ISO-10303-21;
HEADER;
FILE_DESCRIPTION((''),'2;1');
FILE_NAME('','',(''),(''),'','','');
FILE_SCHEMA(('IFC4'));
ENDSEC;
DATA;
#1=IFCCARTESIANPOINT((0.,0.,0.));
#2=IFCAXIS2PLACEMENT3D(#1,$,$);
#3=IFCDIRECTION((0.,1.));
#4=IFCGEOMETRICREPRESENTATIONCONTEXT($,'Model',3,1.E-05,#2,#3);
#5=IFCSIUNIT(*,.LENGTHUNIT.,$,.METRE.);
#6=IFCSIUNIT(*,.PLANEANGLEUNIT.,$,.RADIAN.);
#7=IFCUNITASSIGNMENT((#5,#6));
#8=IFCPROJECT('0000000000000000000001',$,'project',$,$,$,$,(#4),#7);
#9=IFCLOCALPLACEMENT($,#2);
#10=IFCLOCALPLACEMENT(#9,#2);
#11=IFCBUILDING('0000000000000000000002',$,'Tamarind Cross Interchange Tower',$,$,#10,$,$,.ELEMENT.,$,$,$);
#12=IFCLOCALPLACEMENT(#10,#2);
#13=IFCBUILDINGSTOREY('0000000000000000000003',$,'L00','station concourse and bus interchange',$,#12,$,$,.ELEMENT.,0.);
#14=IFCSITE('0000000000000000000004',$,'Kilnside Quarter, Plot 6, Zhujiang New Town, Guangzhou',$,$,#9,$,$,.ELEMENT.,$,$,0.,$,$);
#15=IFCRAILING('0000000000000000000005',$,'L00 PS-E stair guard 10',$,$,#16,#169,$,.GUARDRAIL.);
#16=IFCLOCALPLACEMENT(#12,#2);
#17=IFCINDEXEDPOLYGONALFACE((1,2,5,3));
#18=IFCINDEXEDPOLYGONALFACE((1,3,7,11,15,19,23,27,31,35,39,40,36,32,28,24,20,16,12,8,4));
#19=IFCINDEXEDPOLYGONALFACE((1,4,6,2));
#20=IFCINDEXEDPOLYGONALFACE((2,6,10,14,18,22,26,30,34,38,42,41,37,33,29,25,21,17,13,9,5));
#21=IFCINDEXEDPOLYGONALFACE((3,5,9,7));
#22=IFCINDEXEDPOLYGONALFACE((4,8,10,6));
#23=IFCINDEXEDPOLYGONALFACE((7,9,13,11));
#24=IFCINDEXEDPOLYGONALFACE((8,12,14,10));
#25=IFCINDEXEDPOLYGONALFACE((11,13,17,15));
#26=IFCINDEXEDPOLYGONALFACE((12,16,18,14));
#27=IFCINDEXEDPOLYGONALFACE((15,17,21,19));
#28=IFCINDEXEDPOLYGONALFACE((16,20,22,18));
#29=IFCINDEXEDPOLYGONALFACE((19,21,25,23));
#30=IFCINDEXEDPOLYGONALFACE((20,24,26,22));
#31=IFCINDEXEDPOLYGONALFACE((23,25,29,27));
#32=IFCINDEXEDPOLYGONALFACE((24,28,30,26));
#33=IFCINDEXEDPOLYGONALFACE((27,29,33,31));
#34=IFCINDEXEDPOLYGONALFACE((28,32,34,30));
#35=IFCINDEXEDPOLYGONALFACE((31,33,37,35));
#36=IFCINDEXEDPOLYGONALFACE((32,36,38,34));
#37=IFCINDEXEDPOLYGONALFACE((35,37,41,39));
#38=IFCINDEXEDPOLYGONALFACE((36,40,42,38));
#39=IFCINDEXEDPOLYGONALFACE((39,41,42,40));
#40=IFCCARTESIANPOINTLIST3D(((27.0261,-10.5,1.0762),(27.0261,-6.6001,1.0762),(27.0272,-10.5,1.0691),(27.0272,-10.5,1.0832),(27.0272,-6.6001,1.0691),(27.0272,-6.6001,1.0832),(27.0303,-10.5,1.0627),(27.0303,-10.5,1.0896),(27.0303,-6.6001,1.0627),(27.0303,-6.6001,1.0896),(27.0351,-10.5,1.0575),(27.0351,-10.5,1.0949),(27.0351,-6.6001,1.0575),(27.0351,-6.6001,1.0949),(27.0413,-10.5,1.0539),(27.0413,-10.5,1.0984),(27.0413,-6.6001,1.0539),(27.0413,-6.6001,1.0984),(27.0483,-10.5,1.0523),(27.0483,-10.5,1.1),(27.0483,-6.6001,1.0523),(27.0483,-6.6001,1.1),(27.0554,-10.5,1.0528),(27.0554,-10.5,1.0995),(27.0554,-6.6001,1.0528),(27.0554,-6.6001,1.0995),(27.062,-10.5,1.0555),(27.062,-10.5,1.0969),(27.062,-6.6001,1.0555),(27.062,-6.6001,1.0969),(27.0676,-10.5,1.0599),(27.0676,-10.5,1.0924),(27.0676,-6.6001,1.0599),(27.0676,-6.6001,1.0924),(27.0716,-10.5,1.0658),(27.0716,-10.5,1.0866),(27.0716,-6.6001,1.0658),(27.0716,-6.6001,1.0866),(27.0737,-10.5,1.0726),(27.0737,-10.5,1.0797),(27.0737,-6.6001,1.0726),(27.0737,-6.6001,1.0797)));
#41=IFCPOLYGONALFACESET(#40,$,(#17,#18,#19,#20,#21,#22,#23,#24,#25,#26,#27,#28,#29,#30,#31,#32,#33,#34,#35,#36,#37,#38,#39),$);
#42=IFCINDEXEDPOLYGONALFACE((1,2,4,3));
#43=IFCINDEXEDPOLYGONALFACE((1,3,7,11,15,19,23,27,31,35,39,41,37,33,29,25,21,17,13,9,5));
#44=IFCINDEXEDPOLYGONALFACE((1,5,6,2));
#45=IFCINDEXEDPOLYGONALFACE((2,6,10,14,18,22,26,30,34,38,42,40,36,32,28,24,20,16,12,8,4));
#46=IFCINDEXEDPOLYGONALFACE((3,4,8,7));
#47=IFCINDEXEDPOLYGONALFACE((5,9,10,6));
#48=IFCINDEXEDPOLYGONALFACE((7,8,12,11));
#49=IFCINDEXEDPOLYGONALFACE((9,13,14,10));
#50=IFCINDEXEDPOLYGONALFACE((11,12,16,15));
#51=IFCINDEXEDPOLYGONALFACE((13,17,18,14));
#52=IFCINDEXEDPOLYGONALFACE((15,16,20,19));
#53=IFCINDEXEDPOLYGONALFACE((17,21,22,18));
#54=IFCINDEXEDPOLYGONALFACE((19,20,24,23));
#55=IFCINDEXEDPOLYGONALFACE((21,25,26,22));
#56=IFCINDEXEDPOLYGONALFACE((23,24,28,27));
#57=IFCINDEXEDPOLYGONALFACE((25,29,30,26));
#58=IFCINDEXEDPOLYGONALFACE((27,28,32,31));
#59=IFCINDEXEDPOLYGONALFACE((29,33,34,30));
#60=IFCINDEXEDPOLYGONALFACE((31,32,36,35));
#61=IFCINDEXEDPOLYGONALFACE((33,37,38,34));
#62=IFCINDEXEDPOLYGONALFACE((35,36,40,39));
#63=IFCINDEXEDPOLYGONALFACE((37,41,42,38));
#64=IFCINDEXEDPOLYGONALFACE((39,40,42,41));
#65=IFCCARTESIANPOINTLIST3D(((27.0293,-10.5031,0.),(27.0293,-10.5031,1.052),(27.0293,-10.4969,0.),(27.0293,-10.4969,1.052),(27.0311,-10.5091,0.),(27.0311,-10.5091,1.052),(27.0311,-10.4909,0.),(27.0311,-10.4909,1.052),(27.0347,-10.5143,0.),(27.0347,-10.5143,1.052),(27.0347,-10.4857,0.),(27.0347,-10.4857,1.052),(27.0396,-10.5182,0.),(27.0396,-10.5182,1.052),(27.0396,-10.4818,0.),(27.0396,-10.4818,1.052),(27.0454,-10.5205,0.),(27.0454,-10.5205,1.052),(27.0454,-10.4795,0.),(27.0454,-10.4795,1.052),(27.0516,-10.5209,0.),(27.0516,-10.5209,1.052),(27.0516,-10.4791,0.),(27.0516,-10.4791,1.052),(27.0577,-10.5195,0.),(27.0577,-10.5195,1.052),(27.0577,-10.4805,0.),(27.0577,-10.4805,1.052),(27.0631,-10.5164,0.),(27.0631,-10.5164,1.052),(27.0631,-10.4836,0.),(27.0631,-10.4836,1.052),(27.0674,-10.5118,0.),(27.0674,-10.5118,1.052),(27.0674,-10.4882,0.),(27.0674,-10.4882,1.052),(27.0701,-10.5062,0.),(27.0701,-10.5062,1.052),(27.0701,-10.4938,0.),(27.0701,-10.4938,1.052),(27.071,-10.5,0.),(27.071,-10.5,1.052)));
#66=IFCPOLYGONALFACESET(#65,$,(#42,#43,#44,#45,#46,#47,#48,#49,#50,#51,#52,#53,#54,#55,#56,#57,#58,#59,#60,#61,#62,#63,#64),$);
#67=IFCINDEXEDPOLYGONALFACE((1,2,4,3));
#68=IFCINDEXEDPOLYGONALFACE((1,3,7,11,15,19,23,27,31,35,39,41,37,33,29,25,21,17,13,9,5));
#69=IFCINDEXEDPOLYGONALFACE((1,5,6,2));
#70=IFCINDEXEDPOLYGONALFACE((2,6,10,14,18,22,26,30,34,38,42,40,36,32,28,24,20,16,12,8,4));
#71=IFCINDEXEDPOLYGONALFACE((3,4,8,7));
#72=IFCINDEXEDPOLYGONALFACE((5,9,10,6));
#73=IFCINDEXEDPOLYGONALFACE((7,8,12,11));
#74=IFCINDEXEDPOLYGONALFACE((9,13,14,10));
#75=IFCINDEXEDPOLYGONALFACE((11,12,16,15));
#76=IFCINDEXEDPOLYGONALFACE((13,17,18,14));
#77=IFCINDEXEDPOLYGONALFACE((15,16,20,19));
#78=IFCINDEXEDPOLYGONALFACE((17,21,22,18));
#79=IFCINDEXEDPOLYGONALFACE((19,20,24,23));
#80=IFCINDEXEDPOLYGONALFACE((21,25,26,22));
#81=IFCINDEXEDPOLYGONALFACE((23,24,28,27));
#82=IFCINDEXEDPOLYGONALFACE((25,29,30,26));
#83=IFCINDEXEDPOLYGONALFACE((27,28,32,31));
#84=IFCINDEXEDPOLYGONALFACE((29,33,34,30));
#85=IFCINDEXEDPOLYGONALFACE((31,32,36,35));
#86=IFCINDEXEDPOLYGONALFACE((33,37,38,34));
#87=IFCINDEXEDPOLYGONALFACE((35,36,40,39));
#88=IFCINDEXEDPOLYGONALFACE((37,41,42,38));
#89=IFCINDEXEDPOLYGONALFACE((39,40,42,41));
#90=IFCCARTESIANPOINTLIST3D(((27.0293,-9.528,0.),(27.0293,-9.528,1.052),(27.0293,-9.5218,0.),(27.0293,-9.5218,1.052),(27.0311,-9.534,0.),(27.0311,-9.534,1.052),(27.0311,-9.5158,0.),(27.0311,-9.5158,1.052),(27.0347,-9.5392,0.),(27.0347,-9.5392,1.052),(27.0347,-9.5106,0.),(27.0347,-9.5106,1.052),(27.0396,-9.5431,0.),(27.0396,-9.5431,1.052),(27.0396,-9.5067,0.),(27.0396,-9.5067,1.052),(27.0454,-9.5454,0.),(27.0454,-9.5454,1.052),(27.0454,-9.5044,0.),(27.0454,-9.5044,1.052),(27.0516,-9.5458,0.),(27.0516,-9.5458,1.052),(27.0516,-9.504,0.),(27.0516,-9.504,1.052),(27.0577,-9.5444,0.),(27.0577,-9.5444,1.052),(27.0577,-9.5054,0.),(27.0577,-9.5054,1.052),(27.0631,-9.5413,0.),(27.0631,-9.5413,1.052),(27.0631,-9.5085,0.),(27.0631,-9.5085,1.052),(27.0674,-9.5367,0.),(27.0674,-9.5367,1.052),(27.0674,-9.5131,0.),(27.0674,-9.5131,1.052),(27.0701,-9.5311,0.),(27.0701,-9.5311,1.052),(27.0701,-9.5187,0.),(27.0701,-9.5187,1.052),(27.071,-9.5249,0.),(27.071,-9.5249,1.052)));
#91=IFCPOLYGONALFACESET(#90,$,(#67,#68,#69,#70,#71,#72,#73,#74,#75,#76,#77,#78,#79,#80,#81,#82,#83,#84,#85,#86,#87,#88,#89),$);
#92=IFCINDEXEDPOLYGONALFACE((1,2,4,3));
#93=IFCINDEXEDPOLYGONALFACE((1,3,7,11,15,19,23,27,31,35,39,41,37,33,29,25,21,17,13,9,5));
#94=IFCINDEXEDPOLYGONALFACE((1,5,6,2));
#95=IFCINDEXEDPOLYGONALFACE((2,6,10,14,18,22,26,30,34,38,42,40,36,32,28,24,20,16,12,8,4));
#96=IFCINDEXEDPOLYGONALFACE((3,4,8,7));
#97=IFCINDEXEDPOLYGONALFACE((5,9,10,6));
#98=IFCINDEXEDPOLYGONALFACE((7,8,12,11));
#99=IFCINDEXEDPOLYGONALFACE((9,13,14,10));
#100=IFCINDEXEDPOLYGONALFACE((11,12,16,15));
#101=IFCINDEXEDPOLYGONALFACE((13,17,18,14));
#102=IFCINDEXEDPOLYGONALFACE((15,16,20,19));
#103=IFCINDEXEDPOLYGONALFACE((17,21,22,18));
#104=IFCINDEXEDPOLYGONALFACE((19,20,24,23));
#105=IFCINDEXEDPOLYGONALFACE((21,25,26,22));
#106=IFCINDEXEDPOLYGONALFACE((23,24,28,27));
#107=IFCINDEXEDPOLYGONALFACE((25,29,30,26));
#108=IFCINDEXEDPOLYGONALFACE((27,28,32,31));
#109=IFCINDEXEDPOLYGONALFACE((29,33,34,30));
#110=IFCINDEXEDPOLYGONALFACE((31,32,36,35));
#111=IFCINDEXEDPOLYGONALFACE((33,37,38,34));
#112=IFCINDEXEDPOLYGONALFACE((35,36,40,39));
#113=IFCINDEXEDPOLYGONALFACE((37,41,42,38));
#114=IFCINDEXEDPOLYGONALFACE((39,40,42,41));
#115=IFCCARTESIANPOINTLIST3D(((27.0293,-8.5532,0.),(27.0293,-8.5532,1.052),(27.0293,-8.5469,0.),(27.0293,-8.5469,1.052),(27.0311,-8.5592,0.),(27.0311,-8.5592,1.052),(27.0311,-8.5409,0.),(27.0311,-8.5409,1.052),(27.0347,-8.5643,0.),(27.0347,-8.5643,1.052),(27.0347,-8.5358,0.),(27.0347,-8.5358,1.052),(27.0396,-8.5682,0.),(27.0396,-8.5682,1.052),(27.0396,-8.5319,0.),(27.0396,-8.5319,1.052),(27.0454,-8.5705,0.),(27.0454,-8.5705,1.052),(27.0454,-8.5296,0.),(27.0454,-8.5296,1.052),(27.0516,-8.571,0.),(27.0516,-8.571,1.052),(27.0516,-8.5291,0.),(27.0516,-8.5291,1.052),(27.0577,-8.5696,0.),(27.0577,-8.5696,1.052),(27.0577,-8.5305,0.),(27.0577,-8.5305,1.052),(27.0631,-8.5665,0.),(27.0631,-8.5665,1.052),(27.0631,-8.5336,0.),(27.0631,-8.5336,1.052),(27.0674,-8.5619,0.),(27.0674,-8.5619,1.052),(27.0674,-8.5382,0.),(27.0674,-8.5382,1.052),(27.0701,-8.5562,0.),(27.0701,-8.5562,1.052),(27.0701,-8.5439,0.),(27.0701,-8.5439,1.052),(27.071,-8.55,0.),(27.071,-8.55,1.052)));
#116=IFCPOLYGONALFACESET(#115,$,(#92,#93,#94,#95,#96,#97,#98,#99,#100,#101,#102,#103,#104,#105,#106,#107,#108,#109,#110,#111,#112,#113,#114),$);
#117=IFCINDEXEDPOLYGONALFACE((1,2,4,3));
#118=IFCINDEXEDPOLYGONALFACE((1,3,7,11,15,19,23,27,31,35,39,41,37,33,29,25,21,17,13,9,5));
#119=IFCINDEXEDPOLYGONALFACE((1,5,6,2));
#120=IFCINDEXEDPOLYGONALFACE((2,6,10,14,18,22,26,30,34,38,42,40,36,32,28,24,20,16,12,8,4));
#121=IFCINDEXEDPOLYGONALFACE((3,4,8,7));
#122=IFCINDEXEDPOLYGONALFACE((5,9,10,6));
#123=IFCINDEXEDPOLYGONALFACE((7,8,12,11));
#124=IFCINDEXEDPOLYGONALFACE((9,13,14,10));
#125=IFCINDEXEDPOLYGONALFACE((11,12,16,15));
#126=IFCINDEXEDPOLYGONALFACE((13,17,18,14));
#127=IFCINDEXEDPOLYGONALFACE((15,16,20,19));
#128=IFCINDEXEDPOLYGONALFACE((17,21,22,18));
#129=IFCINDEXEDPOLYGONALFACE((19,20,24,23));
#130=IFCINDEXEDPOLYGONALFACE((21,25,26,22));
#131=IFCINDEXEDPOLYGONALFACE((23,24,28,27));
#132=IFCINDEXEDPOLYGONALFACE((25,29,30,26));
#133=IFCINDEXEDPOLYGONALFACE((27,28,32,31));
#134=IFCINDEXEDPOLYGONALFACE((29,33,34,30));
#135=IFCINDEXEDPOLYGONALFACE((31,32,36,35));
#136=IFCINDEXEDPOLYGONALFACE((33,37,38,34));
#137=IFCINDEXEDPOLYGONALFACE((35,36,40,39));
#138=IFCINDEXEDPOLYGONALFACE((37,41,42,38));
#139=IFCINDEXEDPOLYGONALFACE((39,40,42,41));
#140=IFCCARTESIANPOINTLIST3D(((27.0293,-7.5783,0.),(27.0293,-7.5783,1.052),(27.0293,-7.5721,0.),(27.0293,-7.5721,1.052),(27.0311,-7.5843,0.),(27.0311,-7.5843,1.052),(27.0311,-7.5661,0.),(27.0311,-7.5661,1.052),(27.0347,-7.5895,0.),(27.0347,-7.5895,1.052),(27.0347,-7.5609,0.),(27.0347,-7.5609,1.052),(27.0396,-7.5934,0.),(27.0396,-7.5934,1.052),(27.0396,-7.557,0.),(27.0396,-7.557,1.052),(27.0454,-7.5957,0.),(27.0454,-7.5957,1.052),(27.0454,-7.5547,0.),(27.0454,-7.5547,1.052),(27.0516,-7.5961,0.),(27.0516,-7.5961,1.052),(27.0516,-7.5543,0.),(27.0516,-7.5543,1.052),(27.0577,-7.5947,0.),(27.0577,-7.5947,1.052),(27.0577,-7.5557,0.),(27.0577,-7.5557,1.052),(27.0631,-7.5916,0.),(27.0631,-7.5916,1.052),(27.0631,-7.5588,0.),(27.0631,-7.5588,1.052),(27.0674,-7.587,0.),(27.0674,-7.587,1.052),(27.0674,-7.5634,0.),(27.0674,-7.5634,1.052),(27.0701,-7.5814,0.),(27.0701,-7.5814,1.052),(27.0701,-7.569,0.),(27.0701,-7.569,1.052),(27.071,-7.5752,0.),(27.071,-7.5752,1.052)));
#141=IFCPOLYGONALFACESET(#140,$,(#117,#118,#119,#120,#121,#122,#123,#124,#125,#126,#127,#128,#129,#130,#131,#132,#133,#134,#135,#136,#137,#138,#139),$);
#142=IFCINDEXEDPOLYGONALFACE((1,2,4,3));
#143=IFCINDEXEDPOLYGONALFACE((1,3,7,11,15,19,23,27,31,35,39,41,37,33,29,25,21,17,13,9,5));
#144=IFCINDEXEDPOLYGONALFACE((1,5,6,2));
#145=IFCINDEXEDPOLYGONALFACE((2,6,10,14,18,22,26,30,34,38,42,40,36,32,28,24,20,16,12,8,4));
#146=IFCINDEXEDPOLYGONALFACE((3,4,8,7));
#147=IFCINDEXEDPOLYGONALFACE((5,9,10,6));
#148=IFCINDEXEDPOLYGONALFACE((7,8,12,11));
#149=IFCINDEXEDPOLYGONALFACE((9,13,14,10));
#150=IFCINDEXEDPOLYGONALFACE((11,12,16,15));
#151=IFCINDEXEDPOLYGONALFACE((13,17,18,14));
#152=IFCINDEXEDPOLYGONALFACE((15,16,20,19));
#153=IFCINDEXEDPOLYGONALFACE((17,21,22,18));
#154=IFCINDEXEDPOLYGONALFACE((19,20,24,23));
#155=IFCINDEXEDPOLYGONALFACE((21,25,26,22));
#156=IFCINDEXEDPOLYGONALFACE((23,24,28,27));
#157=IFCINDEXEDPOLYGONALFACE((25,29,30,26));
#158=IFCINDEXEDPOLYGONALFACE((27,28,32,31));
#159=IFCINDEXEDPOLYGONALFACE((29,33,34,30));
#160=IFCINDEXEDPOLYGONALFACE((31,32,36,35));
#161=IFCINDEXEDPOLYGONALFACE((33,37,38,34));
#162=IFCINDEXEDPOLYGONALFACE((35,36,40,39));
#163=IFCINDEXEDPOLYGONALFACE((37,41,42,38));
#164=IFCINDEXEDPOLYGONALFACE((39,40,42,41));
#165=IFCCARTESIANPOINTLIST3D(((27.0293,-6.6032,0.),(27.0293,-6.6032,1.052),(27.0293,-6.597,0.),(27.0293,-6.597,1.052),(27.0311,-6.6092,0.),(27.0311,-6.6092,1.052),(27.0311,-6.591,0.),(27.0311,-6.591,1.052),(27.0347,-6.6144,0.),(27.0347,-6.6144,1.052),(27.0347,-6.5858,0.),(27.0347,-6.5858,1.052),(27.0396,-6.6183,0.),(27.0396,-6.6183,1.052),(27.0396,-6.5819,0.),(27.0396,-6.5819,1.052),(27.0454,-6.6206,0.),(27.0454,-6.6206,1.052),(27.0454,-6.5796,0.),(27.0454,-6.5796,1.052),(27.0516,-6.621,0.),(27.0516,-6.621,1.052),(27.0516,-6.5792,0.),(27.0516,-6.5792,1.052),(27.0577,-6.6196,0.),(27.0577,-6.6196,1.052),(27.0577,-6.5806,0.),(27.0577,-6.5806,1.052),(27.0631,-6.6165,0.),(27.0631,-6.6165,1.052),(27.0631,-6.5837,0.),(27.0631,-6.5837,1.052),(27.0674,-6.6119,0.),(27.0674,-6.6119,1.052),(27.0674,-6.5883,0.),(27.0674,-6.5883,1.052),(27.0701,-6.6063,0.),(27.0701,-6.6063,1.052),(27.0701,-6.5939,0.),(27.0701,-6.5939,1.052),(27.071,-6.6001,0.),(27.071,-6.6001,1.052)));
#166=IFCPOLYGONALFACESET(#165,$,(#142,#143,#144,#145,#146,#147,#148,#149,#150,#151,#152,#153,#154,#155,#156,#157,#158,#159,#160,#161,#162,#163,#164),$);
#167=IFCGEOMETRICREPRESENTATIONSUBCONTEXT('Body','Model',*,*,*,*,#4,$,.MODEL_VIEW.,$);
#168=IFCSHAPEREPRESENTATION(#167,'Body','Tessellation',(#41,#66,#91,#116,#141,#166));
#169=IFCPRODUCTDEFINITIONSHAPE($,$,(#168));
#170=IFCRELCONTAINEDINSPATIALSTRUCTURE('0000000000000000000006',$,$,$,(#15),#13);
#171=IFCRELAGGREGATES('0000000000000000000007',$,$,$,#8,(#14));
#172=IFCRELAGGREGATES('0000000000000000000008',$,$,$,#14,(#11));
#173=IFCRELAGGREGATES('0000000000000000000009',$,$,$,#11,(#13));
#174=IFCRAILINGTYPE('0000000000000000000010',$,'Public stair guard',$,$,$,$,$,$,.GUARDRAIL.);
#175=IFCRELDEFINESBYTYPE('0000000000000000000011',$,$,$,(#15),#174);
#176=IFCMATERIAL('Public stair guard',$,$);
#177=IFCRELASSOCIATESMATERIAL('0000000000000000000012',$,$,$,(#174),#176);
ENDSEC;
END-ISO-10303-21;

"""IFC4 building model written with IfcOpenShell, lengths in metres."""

from ifc_helpers import new_model, si_unit, direction, frame, origin, origin_2d, place, context, subcontext, project, spatial, circle, extrude, material, type_object, element, save


model = new_model("IFC4")

# Units and contexts
model_context = context("Model", 3, precision=1e-05, world=origin(), true_north=direction((0.0, 1.0)))
body_context = subcontext(model_context, "Body", "Model", "MODEL_VIEW")
ifc_project = project(units=[si_unit("LENGTHUNIT", "METRE"), si_unit("PLANEANGLEUNIT", "RADIAN")], contexts=[model_context])

# Site, building, storey
site_placement = place(None, origin())
site = spatial("IfcSite", under=ifc_project, at=site_placement, Name="Kilnside Quarter, Plot 6, Zhujiang New Town, Guangzhou", CompositionType="ELEMENT", RefElevation=0.0)
building_placement = place(site_placement, origin())
building = spatial("IfcBuilding", under=site, at=building_placement, Name="Tamarind Cross Interchange Tower", CompositionType="ELEMENT")
storey_placement = place(building_placement, origin())
storey = spatial("IfcBuildingStorey", under=building, at=storey_placement, Name="L00", Description="station concourse and bus interchange", CompositionType="ELEMENT", Elevation=0.0)

# Railing
ifc_material_1 = material(Name="Public stair guard")
railing_type_1 = type_object("IfcRailingType", Name="Public stair guard", PredefinedType="GUARDRAIL", material=ifc_material_1)
railing_1_placement = place(storey_placement, frame((27.05, -10.5, 0.0)))
element("IfcRailing", 1, at=railing_1_placement, inside=storey, type_object=railing_type_1, Name="L00 PS-E stair guard 10", PredefinedType="GUARDRAIL", context=body_context, shape_type="SweptSolid", body=[
    extrude(circle(Radius=0.0239, at=origin_2d()), frame((0.0, 0.0, 1.0762), z_axis=(0.0, 1.0, 0.0), x_axis=(-1.0, 0.0, 0.0)), (0.0, 0.0, 1.0), 3.8999),
    extrude(circle(Radius=0.021, at=origin_2d()), origin(), (0.0, 0.0, 1.0), 1.052),
    extrude(circle(Radius=0.021, at=origin_2d()), frame((0.0, 0.9751, 0.0)), (0.0, 0.0, 1.0), 1.052),
    extrude(circle(Radius=0.021, at=origin_2d()), frame((0.0, 1.95, 0.0)), (0.0, 0.0, 1.0), 1.052),
    extrude(circle(Radius=0.021, at=origin_2d()), frame((0.0, 2.9248, 0.0)), (0.0, 0.0, 1.0), 1.052),
    extrude(circle(Radius=0.021, at=origin_2d()), frame((0.0, 3.8999, 0.0)), (0.0, 0.0, 1.0), 1.052),
])

save(model, "model.ifc")
